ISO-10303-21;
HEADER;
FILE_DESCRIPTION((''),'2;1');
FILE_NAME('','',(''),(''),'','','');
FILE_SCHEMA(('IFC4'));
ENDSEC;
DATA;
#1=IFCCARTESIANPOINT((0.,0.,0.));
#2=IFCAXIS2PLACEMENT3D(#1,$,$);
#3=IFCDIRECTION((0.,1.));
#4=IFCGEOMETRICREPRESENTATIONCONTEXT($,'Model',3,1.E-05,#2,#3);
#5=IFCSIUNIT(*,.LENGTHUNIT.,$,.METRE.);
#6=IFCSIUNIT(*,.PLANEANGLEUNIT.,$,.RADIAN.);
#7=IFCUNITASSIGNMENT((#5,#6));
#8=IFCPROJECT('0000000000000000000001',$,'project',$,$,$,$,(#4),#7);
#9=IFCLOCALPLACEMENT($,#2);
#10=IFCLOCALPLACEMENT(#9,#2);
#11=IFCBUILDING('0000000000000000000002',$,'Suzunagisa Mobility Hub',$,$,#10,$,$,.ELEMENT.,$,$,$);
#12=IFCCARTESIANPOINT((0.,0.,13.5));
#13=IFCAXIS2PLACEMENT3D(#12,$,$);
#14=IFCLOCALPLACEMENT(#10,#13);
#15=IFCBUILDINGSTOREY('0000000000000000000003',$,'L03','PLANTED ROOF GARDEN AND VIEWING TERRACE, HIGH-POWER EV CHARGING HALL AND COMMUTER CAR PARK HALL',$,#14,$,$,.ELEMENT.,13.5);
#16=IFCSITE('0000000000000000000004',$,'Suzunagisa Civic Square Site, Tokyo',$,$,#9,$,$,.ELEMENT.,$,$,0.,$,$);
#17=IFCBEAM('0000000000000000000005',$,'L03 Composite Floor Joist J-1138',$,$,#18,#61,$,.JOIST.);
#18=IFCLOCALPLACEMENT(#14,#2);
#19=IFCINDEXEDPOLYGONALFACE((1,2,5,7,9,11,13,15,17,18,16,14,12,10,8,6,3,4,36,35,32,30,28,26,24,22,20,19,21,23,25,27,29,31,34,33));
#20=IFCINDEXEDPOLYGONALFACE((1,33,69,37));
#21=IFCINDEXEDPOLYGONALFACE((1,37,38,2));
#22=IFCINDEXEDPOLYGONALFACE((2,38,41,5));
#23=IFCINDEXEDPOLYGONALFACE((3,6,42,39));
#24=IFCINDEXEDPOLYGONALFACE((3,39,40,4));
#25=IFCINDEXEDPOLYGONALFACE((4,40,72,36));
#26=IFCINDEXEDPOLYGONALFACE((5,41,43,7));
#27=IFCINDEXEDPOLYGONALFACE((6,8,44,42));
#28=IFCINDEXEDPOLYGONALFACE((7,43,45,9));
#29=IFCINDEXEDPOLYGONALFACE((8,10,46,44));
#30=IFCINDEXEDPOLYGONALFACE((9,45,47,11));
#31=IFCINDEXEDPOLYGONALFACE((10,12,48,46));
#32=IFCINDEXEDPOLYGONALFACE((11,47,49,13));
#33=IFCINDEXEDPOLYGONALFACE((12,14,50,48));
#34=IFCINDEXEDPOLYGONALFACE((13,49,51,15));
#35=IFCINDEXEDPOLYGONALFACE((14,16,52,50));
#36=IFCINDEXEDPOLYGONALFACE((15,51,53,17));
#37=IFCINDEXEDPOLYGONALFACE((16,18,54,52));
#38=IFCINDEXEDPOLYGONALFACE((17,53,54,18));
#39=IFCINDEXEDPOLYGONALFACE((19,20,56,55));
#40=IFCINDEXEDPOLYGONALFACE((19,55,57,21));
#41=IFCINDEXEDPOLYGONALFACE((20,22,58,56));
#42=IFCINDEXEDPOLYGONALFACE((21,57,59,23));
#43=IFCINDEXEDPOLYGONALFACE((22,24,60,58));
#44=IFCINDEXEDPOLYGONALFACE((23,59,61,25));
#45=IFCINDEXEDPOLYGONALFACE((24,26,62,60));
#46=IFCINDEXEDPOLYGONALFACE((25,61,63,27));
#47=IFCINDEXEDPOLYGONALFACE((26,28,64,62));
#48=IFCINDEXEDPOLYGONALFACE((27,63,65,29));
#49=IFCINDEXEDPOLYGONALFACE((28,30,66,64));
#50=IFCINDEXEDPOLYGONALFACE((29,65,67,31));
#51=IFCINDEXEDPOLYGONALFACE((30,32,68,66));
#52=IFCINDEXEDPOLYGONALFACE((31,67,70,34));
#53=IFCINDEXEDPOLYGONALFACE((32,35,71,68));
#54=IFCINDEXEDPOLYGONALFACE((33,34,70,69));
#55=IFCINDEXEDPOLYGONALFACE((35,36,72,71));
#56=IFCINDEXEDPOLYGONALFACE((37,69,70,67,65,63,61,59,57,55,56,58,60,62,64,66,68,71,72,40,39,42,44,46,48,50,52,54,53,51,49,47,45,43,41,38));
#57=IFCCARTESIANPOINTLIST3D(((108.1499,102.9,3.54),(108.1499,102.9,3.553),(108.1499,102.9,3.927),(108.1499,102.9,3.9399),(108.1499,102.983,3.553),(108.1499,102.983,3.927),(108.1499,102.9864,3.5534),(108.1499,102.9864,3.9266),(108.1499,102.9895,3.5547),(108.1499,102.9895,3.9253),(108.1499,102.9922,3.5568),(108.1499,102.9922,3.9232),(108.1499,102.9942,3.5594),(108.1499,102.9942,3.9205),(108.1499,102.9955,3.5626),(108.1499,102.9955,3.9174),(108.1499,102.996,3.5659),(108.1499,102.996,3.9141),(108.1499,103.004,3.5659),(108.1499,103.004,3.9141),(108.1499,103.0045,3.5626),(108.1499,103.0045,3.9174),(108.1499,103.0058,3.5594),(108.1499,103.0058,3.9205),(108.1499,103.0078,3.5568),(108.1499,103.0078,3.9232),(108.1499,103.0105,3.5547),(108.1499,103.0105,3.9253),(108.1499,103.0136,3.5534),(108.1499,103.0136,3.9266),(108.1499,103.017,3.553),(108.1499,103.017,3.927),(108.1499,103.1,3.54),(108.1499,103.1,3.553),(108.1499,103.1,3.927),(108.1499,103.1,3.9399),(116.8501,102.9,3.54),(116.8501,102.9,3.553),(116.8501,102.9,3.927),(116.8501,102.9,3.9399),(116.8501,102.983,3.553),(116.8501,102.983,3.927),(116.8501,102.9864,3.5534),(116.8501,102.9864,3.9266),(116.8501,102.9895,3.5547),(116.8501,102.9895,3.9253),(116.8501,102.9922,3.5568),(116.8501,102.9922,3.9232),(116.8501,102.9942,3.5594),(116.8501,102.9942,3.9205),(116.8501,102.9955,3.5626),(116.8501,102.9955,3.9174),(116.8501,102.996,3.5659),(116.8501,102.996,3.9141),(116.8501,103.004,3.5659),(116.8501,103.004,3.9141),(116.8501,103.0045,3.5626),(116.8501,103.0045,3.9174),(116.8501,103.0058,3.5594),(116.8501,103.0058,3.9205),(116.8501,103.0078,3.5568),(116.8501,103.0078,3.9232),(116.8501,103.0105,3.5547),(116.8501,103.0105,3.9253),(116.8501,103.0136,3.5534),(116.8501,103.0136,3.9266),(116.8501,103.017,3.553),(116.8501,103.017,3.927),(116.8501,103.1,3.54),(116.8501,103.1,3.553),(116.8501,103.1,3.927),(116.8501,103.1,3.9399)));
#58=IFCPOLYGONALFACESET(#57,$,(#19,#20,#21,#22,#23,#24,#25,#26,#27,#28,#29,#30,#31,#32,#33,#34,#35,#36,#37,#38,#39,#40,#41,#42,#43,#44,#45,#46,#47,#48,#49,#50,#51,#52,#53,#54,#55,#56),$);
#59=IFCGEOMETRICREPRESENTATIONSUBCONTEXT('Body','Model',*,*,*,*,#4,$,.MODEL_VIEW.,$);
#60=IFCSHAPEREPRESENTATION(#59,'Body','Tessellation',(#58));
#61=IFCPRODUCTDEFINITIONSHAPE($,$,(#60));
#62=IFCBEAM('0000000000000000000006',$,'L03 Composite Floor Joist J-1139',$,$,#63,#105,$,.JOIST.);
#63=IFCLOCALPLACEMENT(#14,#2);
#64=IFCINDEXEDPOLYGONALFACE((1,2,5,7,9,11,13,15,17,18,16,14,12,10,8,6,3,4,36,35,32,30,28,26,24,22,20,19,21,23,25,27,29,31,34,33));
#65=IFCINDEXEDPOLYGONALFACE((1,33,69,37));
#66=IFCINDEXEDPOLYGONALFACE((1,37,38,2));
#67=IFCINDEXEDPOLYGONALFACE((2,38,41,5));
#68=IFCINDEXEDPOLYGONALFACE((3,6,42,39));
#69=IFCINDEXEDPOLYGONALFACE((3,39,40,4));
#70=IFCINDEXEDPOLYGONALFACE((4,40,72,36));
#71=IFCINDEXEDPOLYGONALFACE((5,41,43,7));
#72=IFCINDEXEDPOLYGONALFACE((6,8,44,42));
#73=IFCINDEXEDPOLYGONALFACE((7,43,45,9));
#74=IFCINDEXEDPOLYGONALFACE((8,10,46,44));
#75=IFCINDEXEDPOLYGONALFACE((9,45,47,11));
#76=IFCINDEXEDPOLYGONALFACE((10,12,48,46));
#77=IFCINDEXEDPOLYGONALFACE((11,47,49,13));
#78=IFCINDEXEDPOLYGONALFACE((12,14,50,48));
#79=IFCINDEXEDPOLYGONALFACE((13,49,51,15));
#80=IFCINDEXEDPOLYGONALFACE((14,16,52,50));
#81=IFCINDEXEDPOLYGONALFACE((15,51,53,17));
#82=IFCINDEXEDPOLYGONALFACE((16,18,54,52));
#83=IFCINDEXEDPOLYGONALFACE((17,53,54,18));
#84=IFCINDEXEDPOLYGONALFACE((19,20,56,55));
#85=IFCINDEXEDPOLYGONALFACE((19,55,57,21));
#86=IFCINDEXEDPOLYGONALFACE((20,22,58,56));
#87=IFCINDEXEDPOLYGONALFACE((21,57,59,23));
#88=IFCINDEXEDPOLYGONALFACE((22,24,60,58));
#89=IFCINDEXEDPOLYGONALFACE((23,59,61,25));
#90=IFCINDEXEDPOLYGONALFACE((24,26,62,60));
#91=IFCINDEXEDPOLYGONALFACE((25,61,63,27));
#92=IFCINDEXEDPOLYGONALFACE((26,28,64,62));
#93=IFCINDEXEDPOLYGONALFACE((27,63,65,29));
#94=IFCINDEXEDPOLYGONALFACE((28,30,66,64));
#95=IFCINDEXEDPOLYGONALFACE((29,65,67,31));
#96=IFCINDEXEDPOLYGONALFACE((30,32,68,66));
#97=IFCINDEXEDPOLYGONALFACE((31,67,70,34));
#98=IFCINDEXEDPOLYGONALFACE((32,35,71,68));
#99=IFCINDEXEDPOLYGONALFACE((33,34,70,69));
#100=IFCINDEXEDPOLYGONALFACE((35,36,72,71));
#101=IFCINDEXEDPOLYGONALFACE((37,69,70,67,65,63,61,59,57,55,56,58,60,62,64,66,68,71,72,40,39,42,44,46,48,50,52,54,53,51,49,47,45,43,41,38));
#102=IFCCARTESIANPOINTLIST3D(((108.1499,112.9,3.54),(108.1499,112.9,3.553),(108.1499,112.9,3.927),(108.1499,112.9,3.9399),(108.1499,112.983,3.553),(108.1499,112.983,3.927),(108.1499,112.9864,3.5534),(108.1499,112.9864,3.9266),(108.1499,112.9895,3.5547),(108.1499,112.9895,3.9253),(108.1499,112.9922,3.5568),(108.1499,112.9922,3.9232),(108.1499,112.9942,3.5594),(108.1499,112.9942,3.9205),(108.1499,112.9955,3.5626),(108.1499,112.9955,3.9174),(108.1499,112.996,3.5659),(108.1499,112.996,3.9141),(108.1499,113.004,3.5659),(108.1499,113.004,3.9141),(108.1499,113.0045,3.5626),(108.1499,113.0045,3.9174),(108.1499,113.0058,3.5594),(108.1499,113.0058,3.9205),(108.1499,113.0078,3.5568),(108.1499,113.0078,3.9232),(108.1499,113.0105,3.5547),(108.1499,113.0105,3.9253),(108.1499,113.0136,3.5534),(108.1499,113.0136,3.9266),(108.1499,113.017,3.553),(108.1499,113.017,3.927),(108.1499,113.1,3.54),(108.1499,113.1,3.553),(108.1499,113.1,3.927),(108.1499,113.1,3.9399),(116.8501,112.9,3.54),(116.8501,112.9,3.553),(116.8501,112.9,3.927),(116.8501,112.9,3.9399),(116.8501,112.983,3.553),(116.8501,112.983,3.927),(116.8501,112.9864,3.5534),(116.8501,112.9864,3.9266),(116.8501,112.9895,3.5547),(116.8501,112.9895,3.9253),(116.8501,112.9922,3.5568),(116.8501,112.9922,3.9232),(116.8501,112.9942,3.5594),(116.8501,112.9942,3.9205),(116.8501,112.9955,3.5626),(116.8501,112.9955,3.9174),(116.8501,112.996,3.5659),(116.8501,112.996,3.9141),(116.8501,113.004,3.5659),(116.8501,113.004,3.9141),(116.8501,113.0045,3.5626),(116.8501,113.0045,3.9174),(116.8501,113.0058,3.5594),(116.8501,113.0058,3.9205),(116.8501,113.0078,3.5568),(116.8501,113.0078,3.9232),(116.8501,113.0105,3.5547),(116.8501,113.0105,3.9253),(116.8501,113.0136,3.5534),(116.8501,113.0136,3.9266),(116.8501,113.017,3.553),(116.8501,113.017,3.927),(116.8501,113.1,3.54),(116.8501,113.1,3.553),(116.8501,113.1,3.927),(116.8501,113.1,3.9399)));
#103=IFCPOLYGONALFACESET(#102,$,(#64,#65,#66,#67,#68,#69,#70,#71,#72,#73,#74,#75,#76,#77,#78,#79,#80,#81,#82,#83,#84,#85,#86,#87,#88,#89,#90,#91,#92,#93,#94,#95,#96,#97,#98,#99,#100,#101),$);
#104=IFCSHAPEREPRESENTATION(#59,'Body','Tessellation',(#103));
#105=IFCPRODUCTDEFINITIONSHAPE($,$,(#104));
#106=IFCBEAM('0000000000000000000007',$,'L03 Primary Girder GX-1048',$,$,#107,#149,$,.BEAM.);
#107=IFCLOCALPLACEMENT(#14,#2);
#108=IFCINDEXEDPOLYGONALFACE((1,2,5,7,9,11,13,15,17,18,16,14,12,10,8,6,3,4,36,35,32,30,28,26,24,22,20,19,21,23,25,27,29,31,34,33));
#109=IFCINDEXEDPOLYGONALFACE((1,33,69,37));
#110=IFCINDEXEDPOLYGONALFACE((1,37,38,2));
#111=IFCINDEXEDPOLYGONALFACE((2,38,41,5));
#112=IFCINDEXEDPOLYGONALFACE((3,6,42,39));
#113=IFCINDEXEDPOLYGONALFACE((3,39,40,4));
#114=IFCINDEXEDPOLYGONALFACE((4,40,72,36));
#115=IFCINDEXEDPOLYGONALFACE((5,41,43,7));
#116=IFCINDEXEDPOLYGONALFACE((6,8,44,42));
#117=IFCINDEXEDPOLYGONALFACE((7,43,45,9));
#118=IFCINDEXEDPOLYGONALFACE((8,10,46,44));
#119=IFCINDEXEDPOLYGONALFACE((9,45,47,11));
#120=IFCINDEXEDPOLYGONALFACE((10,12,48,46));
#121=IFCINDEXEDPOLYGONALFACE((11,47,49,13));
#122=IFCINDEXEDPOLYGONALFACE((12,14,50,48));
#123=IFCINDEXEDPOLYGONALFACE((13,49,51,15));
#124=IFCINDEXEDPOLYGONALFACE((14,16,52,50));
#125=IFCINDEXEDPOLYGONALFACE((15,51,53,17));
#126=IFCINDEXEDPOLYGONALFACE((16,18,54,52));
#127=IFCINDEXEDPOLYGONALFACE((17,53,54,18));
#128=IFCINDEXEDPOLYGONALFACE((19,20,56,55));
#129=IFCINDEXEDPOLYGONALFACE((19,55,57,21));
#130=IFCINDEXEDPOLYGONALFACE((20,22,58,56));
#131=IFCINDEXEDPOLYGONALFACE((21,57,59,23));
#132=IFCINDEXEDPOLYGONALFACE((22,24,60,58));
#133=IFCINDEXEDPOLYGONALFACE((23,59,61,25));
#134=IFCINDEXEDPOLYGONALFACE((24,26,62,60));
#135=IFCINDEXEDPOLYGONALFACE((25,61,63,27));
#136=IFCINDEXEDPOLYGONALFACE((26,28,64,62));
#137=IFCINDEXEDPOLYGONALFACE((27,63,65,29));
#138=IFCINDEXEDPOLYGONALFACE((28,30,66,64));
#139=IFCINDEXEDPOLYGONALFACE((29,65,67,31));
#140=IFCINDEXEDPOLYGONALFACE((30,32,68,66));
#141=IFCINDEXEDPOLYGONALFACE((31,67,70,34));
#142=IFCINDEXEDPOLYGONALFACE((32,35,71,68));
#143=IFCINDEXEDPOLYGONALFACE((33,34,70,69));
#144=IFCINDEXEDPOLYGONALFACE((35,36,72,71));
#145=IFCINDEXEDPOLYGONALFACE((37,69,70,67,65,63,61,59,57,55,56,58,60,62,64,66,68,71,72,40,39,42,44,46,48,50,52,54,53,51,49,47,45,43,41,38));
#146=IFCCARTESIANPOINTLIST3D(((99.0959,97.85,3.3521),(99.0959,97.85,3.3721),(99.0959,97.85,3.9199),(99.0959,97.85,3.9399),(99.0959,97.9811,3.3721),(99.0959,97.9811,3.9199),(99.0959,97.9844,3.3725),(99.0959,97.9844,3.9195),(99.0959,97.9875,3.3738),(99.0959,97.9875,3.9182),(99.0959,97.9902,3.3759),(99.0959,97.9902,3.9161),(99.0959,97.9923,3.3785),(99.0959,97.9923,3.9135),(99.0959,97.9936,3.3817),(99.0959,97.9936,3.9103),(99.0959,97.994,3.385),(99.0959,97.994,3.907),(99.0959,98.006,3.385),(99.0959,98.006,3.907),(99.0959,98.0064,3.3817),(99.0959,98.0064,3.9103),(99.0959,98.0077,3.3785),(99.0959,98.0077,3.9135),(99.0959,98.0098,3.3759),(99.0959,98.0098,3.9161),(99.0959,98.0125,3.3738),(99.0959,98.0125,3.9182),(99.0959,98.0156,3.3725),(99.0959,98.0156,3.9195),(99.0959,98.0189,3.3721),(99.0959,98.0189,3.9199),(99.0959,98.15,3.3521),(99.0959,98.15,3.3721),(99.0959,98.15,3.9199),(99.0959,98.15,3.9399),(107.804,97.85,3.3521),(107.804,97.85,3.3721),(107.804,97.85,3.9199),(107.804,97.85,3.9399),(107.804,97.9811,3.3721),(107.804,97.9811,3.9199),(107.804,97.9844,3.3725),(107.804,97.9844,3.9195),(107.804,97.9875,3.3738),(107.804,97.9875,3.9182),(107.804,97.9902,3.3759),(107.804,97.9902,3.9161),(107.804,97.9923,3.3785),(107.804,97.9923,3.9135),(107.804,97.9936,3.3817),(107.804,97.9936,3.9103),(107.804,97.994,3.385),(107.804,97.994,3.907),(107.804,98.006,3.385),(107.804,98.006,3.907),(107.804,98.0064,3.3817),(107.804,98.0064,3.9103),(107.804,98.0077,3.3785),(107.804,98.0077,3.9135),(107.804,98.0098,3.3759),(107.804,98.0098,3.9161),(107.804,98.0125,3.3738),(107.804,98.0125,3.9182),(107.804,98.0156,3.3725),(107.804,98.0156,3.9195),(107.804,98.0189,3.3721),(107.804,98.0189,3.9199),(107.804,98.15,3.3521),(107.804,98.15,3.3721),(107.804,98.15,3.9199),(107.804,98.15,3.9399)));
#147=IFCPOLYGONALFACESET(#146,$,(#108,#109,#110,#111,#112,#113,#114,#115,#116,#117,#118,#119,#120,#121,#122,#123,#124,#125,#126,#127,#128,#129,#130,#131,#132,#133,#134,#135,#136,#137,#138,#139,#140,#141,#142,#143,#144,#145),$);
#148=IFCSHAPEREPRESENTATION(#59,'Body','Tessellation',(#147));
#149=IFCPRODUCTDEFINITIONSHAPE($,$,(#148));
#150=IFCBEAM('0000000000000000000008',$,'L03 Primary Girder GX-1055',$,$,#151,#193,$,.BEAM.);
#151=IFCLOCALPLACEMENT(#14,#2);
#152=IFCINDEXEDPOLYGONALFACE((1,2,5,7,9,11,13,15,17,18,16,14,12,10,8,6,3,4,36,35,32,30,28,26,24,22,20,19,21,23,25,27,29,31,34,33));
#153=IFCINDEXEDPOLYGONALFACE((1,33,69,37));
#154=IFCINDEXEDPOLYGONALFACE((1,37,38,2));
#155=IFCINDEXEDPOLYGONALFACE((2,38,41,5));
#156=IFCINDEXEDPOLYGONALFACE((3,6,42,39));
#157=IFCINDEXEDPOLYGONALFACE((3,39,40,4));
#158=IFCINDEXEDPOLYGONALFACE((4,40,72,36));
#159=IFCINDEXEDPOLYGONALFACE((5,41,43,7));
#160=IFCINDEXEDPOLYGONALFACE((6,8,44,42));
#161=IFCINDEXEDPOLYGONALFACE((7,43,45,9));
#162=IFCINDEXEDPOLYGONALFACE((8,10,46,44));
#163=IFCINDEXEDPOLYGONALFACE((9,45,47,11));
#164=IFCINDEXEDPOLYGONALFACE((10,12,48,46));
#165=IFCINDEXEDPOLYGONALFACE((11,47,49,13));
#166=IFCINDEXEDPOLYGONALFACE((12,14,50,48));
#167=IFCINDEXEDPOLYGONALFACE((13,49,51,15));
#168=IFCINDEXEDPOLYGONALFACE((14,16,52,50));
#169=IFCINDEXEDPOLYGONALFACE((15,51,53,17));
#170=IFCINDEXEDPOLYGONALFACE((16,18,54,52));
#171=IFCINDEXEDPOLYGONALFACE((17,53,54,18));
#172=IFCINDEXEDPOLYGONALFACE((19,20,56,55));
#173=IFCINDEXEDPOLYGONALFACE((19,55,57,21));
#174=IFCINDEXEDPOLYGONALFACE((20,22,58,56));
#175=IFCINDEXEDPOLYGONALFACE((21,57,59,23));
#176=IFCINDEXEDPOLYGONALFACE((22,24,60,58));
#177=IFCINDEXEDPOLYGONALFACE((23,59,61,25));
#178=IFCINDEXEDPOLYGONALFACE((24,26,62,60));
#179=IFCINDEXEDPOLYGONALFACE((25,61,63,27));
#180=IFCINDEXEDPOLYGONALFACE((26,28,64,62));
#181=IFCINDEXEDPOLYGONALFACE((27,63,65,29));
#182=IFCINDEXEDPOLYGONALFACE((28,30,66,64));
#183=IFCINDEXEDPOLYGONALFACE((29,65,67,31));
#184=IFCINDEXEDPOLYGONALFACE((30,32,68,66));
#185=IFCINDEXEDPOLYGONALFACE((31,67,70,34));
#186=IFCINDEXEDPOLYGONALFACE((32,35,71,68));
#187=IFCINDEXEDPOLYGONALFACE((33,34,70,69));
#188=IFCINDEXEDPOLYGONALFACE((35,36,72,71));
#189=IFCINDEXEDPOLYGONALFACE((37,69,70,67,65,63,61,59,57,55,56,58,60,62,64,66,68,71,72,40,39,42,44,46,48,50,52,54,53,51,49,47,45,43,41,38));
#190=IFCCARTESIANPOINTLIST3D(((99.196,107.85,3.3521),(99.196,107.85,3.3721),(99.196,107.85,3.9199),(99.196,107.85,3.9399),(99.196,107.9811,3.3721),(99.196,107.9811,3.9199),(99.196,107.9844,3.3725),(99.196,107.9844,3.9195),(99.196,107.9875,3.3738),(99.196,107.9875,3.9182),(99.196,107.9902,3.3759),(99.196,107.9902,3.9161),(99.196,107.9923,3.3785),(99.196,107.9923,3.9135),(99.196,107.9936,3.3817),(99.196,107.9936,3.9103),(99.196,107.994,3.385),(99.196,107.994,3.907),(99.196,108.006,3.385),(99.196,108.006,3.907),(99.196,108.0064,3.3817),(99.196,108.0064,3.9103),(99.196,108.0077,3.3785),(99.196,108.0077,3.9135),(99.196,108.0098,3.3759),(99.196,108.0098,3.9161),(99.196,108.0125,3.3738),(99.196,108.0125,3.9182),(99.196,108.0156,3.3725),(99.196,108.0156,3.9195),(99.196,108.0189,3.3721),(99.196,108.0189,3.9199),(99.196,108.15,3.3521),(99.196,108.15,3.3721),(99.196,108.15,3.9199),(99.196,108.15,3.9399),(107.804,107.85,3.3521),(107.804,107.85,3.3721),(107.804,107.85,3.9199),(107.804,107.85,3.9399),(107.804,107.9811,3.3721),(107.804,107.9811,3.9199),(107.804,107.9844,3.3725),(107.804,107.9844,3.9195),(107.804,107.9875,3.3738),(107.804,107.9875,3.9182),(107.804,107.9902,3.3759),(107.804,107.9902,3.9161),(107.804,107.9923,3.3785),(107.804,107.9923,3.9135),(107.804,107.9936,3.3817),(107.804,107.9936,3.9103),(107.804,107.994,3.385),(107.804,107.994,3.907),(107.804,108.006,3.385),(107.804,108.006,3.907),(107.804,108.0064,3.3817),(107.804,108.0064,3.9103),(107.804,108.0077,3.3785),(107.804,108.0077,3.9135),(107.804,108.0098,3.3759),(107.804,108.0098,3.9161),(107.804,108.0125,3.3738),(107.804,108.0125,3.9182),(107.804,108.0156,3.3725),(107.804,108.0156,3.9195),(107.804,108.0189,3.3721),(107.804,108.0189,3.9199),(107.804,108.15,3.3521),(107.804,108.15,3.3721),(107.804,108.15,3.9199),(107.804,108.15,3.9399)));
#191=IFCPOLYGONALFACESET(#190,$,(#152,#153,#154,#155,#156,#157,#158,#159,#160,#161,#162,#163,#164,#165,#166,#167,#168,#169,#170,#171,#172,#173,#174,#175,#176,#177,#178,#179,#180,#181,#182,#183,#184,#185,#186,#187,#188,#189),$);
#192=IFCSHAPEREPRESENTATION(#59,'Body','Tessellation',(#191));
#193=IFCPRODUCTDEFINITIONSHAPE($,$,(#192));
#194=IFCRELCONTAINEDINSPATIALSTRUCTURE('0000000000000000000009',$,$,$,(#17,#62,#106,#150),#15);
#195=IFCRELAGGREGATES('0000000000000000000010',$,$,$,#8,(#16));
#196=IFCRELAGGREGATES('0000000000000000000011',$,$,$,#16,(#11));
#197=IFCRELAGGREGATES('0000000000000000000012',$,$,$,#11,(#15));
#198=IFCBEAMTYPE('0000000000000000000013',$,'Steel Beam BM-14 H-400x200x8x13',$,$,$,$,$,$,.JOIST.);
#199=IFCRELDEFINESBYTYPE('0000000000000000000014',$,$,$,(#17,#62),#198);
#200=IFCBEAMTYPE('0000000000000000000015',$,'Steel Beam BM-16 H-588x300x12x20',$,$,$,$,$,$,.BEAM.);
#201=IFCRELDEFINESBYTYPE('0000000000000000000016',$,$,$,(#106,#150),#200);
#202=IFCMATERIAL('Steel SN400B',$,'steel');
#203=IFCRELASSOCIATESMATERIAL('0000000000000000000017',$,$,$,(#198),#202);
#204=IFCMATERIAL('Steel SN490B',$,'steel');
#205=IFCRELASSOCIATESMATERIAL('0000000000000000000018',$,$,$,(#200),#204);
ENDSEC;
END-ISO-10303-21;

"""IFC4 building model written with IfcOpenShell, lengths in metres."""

from ifc_helpers import new_model, si_unit, direction, frame, origin, origin_2d, place, context, subcontext, project, spatial, i_section, extrude, material, material_profile, profile_set, type_object, element, save


model = new_model("IFC4")

# Units and contexts
model_context = context("Model", 3, precision=1e-05, world=origin(), true_north=direction((0.0, 1.0)))
body_context = subcontext(model_context, "Body", "Model", "MODEL_VIEW")
ifc_project = project(units=[si_unit("LENGTHUNIT", "METRE"), si_unit("PLANEANGLEUNIT", "RADIAN")], contexts=[model_context])

# Site, building, storey
site_placement = place(None, origin())
site = spatial("IfcSite", under=ifc_project, at=site_placement, Name="Suzunagisa Civic Square Site, Tokyo", CompositionType="ELEMENT", RefElevation=0.0)
building_placement = place(site_placement, origin())
building = spatial("IfcBuilding", under=site, at=building_placement, Name="Suzunagisa Mobility Hub", CompositionType="ELEMENT")
storey_placement = place(building_placement, frame((0.0, 0.0, 13.5)))
storey = spatial("IfcBuildingStorey", under=building, at=storey_placement, Name="L03", Description="PLANTED ROOF GARDEN AND VIEWING TERRACE, HIGH-POWER EV CHARGING HALL AND COMMUTER CAR PARK HALL", CompositionType="ELEMENT", Elevation=13.5)

# Shared definitions
ifc_material_1 = material(Name="Steel SN490B", Category="steel")

# Beams
ifc_material_2 = material(Name="Steel SN400B", Category="steel")
ifc_material_profile_1 = material_profile(ifc_material_2, i_section(OverallWidth=0.2, OverallDepth=0.3999, WebThickness=0.0081, FlangeThickness=0.0129, FilletRadius=0.0129, at=origin_2d()), Name="H-400x200x8x13")
ifc_profile_set_1 = profile_set([ifc_material_profile_1], Name="Steel SN400B")
beam_type_1 = type_object("IfcBeamType", Name="Steel Beam BM-14 H-400x200x8x13", PredefinedType="JOIST", material=ifc_profile_set_1)
for number, where, z_axis, x_axis, name in (
    (1, (108.1499, 103.0, 3.74), (1.0, 0.0, 0.0), (0.0, 1.0, 0.0), "L03 Composite Floor Joist J-1138"),
    (2, (108.1499, 113.0, 3.74), (1.0, 0.0, 0.0), (0.0, 1.0, 0.0), "L03 Composite Floor Joist J-1139"),
):
    element("IfcBeam", number, at=place(storey_placement, frame(where, z_axis=z_axis, x_axis=x_axis)), inside=storey, type_object=beam_type_1, Name=name, PredefinedType="JOIST", context=body_context, shape_type="SweptSolid", body=[
        extrude(i_section(OverallWidth=0.2, OverallDepth=0.3999, WebThickness=0.0081, FlangeThickness=0.0129, FilletRadius=0.0129, at=origin_2d()), origin(), (0.0, 0.0, 1.0), 8.7002),
    ])
ifc_material_profile_2 = material_profile(ifc_material_1, i_section(OverallWidth=0.3, OverallDepth=0.5879, WebThickness=0.012, FlangeThickness=0.02, FilletRadius=0.0129, at=origin_2d()), Name="H-588x300x12x20")
ifc_profile_set_2 = profile_set([ifc_material_profile_2], Name="Steel SN490B")
beam_type_2 = type_object("IfcBeamType", Name="Steel Beam BM-16 H-588x300x12x20", PredefinedType="BEAM", material=ifc_profile_set_2)
beam_1_placement = place(storey_placement, frame((99.0959, 98.0, 3.646), z_axis=(1.0, 0.0, 0.0), x_axis=(0.0, 1.0, 0.0)))
element("IfcBeam", 3, at=beam_1_placement, inside=storey, type_object=beam_type_2, Name="L03 Primary Girder GX-1048", PredefinedType="BEAM", context=body_context, shape_type="SweptSolid", body=[
    extrude(i_section(OverallWidth=0.3, OverallDepth=0.5879, WebThickness=0.012, FlangeThickness=0.02, FilletRadius=0.0129, at=origin_2d()), origin(), (0.0, 0.0, 1.0), 8.708),
])
for number, where, z_axis, x_axis, name in (
    (4, (99.196, 108.0, 3.646), (1.0, 0.0, 0.0), (0.0, 1.0, 0.0), "L03 Primary Girder GX-1055"),
):
    element("IfcBeam", number, at=place(storey_placement, frame(where, z_axis=z_axis, x_axis=x_axis)), inside=storey, type_object=beam_type_2, Name=name, PredefinedType="BEAM", context=body_context, shape_type="SweptSolid", body=[
        extrude(i_section(OverallWidth=0.3, OverallDepth=0.5879, WebThickness=0.012, FlangeThickness=0.02, FilletRadius=0.0129, at=origin_2d()), origin(), (0.0, 0.0, 1.0), 8.6079),
    ])

save(model, "model.ifc")
